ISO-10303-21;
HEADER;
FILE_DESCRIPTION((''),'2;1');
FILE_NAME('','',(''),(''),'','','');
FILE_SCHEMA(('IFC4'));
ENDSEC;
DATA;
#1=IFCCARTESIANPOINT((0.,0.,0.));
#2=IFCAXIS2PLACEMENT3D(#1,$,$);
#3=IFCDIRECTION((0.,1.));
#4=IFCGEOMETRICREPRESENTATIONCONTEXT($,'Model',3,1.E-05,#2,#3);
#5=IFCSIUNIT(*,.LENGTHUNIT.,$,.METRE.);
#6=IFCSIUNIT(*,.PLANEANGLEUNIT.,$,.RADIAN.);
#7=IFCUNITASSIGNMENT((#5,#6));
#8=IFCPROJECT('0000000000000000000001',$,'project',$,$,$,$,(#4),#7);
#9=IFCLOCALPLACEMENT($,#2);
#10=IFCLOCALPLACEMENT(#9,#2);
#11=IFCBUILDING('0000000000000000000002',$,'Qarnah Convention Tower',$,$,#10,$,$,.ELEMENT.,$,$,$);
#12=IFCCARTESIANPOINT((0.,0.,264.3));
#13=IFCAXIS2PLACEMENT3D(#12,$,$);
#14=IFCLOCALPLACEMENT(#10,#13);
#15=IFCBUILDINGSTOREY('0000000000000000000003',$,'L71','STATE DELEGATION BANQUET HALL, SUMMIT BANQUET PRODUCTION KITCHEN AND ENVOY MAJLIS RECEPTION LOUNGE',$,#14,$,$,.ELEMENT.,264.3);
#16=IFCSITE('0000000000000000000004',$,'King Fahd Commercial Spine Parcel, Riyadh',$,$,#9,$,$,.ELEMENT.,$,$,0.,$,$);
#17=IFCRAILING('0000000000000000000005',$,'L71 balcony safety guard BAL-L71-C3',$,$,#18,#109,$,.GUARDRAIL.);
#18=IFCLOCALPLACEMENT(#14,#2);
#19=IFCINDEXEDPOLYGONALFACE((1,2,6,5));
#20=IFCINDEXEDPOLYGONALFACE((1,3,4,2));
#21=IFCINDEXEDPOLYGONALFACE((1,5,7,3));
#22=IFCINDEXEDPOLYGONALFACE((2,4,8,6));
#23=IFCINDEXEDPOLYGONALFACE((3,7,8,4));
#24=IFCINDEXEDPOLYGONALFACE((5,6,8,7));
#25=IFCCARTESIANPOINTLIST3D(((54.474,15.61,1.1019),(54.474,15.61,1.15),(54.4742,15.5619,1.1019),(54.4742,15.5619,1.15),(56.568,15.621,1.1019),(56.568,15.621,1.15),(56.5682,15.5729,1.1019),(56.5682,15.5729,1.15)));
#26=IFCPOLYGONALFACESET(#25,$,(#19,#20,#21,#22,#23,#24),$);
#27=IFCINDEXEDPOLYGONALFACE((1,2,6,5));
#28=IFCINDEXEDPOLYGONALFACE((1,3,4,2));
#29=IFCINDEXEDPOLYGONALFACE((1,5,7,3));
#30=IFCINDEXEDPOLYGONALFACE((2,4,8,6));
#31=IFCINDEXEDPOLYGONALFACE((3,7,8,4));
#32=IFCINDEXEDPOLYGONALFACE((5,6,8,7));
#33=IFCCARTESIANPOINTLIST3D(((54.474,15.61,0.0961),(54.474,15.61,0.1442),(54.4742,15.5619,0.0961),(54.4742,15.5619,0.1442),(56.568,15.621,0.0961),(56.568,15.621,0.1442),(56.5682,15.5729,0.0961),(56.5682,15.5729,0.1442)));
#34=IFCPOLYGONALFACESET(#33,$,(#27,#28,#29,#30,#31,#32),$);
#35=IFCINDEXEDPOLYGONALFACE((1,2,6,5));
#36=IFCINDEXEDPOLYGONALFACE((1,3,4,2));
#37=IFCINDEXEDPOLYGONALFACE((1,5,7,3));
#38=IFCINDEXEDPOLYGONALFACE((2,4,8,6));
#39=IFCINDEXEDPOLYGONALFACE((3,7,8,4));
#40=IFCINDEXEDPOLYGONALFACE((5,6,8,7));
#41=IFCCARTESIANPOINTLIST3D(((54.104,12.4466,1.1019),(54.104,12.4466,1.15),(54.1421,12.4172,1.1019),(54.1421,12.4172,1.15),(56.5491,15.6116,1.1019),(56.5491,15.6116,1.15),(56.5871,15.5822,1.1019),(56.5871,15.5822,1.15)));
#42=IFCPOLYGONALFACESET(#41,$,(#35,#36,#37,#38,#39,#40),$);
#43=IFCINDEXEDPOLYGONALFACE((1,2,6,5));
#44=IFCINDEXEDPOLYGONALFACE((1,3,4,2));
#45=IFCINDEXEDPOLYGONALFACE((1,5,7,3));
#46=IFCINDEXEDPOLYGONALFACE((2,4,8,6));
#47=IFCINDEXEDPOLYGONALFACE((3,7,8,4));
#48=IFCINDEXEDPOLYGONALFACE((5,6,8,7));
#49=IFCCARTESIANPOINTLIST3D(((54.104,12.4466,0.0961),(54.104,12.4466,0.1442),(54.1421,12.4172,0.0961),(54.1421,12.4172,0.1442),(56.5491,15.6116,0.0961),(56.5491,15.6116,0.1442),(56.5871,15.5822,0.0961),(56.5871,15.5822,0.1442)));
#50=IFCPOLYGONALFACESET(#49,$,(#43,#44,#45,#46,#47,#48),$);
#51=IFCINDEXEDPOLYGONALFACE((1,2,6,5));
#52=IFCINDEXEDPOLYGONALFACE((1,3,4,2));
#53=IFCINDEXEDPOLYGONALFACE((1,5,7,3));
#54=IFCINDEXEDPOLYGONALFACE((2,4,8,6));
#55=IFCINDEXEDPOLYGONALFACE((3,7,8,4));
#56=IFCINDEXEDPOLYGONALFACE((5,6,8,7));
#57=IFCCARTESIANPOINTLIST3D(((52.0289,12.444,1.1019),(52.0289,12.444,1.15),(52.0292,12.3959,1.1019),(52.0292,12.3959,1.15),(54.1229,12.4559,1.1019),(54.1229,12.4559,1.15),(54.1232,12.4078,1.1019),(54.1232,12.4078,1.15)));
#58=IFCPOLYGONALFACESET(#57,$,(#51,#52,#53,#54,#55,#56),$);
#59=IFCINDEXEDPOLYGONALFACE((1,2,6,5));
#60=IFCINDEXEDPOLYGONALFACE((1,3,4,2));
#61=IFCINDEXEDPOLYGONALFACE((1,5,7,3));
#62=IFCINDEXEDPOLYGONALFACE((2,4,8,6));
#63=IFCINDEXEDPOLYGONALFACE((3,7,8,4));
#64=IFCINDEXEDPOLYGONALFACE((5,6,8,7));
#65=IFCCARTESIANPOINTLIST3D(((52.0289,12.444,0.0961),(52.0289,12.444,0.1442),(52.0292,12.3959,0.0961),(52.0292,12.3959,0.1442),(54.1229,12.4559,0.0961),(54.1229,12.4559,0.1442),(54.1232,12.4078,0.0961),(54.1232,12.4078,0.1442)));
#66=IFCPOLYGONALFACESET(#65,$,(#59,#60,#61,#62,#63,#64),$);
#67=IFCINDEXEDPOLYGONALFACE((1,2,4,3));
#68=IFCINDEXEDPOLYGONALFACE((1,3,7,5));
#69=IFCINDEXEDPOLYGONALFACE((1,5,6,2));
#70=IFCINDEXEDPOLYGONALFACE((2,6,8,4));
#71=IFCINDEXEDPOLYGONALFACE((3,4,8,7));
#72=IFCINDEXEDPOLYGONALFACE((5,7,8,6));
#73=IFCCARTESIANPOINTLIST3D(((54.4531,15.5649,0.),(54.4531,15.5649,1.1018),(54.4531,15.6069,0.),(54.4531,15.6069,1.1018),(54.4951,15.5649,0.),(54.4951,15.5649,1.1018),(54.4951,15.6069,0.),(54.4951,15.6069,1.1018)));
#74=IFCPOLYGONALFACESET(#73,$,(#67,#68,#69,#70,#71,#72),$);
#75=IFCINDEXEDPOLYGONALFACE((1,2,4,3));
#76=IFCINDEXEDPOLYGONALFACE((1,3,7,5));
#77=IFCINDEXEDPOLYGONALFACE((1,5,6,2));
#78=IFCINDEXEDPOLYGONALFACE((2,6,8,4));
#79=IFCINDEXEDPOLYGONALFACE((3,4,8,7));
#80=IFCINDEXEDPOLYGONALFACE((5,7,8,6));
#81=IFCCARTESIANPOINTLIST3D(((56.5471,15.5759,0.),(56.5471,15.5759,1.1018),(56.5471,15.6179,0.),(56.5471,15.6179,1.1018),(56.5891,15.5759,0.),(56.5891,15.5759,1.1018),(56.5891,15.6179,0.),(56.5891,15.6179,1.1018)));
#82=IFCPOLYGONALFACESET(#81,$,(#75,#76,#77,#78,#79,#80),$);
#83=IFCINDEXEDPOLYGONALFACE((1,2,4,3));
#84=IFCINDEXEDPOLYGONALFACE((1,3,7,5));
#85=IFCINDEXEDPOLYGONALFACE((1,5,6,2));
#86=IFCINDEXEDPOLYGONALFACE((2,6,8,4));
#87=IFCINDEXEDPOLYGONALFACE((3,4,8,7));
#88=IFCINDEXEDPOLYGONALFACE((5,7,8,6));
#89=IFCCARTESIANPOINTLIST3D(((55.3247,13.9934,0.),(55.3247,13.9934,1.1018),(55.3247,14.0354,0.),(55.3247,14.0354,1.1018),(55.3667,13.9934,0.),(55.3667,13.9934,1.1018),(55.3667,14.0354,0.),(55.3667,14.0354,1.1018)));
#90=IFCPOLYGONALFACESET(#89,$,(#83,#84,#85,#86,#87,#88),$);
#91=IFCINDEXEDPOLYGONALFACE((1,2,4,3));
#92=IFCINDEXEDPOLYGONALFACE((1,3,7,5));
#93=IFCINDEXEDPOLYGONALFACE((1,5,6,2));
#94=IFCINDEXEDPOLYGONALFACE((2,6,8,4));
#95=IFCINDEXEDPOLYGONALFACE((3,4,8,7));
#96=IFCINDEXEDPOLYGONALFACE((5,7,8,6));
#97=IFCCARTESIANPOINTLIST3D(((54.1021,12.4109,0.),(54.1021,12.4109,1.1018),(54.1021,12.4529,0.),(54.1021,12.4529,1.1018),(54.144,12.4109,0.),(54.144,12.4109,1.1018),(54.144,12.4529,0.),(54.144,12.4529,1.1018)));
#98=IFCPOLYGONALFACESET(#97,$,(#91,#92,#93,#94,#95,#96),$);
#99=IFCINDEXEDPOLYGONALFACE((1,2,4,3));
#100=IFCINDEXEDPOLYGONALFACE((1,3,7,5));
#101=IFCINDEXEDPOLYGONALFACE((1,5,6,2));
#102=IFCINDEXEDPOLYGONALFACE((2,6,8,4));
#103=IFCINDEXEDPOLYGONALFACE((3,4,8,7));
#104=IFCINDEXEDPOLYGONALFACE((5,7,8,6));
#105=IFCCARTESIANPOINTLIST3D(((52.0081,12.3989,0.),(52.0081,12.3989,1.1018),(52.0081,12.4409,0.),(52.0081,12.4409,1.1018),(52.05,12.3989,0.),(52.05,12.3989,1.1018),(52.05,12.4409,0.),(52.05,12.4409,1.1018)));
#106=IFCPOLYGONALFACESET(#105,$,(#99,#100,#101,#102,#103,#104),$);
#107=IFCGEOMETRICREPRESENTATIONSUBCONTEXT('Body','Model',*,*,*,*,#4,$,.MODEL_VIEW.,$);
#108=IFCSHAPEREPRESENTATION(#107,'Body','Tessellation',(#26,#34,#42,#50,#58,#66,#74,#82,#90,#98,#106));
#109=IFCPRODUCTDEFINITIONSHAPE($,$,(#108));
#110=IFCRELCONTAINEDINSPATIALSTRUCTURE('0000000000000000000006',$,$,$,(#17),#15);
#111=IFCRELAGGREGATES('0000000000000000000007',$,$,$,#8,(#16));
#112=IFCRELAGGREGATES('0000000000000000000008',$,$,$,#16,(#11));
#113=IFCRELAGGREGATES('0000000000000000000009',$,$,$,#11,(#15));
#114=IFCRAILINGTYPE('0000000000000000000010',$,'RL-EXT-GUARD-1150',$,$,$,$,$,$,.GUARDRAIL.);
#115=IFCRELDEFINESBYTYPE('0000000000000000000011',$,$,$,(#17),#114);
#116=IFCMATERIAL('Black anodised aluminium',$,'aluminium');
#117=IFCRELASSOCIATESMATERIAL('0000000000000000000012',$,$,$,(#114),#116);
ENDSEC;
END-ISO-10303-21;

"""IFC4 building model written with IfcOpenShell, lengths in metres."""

from ifc_helpers import new_model, si_unit, direction, frame, origin, origin_2d, place, context, subcontext, project, spatial, rectangle, extrude, material, type_object, element, save


model = new_model("IFC4")

# Units and contexts
model_context = context("Model", 3, precision=1e-05, world=origin(), true_north=direction((0.0, 1.0)))
body_context = subcontext(model_context, "Body", "Model", "MODEL_VIEW")
ifc_project = project(units=[si_unit("LENGTHUNIT", "METRE"), si_unit("PLANEANGLEUNIT", "RADIAN")], contexts=[model_context])

# Site, building, storey
site_placement = place(None, origin())
site = spatial("IfcSite", under=ifc_project, at=site_placement, Name="King Fahd Commercial Spine Parcel, Riyadh", CompositionType="ELEMENT", RefElevation=0.0)
building_placement = place(site_placement, origin())
building = spatial("IfcBuilding", under=site, at=building_placement, Name="Qarnah Convention Tower", CompositionType="ELEMENT")
storey_placement = place(building_placement, frame((0.0, 0.0, 264.3)))
storey = spatial("IfcBuildingStorey", under=building, at=storey_placement, Name="L71", Description="STATE DELEGATION BANQUET HALL, SUMMIT BANQUET PRODUCTION KITCHEN AND ENVOY MAJLIS RECEPTION LOUNGE", CompositionType="ELEMENT", Elevation=264.3)

# Shared definitions
ifc_material_1 = material(Name="Black anodised aluminium", Category="aluminium")

# Railing
railing_type = type_object("IfcRailingType", Name="RL-EXT-GUARD-1150", PredefinedType="GUARDRAIL", material=ifc_material_1)
railing_1_placement = place(storey_placement, frame((54.4741, 15.5859, 0.0)))
element("IfcRailing", 1, at=railing_1_placement, inside=storey, type_object=railing_type, Name="L71 balcony safety guard BAL-L71-C3", PredefinedType="GUARDRAIL", context=body_context, shape_type="SweptSolid", body=[
    extrude(rectangle(XDim=0.0481, YDim=0.0481, at=origin_2d()), frame((0.0, 0.0, 1.126), z_axis=(0.999986, 0.005247, 0.0), x_axis=(-0.005247, 0.999986, 0.0)), (0.0, 0.0, 1.0), 2.094),
    extrude(rectangle(XDim=0.0481, YDim=0.0481, at=origin_2d()), frame((0.0, 0.0, 0.1201), z_axis=(0.999986, 0.005247, 0.0), x_axis=(-0.005247, 0.999986, 0.0)), (0.0, 0.0, 1.0), 2.094),
    extrude(rectangle(XDim=0.0481, YDim=0.0481, at=origin_2d()), frame((2.094, 0.011, 1.126), z_axis=(-0.611347, -0.791363, 0.0), x_axis=(0.791363, -0.611347, 0.0)), (0.0, 0.0, 1.0), 3.9995),
    extrude(rectangle(XDim=0.0481, YDim=0.0481, at=origin_2d()), frame((2.094, 0.011, 0.1201), z_axis=(-0.611347, -0.791363, 0.0), x_axis=(0.791363, -0.611347, 0.0)), (0.0, 0.0, 1.0), 3.9995),
    extrude(rectangle(XDim=0.0481, YDim=0.0481, at=origin_2d()), frame((-0.3511, -3.1541, 1.126), z_axis=(-0.999984, -0.005713, 0.0), x_axis=(0.005713, -0.999984, 0.0)), (0.0, 0.0, 1.0), 2.094),
    extrude(rectangle(XDim=0.0481, YDim=0.0481, at=origin_2d()), frame((-0.3511, -3.1541, 0.1201), z_axis=(-0.999984, -0.005713, 0.0), x_axis=(0.005713, -0.999984, 0.0)), (0.0, 0.0, 1.0), 2.094),
    extrude(rectangle(XDim=0.042, YDim=0.042, at=origin_2d()), origin(), (0.0, 0.0, 1.0), 1.1018),
    extrude(rectangle(XDim=0.042, YDim=0.042, at=origin_2d()), frame((2.094, 0.011, 0.0)), (0.0, 0.0, 1.0), 1.1018),
    extrude(rectangle(XDim=0.042, YDim=0.042, at=origin_2d()), frame((0.8716, -1.5715, 0.0)), (0.0, 0.0, 1.0), 1.1018),
    extrude(rectangle(XDim=0.042, YDim=0.042, at=origin_2d()), frame((-0.3511, -3.1541, 0.0)), (0.0, 0.0, 1.0), 1.1018),
    extrude(rectangle(XDim=0.042, YDim=0.042, at=origin_2d()), frame((-2.4451, -3.166, 0.0)), (0.0, 0.0, 1.0), 1.1018),
])

save(model, "model.ifc")
